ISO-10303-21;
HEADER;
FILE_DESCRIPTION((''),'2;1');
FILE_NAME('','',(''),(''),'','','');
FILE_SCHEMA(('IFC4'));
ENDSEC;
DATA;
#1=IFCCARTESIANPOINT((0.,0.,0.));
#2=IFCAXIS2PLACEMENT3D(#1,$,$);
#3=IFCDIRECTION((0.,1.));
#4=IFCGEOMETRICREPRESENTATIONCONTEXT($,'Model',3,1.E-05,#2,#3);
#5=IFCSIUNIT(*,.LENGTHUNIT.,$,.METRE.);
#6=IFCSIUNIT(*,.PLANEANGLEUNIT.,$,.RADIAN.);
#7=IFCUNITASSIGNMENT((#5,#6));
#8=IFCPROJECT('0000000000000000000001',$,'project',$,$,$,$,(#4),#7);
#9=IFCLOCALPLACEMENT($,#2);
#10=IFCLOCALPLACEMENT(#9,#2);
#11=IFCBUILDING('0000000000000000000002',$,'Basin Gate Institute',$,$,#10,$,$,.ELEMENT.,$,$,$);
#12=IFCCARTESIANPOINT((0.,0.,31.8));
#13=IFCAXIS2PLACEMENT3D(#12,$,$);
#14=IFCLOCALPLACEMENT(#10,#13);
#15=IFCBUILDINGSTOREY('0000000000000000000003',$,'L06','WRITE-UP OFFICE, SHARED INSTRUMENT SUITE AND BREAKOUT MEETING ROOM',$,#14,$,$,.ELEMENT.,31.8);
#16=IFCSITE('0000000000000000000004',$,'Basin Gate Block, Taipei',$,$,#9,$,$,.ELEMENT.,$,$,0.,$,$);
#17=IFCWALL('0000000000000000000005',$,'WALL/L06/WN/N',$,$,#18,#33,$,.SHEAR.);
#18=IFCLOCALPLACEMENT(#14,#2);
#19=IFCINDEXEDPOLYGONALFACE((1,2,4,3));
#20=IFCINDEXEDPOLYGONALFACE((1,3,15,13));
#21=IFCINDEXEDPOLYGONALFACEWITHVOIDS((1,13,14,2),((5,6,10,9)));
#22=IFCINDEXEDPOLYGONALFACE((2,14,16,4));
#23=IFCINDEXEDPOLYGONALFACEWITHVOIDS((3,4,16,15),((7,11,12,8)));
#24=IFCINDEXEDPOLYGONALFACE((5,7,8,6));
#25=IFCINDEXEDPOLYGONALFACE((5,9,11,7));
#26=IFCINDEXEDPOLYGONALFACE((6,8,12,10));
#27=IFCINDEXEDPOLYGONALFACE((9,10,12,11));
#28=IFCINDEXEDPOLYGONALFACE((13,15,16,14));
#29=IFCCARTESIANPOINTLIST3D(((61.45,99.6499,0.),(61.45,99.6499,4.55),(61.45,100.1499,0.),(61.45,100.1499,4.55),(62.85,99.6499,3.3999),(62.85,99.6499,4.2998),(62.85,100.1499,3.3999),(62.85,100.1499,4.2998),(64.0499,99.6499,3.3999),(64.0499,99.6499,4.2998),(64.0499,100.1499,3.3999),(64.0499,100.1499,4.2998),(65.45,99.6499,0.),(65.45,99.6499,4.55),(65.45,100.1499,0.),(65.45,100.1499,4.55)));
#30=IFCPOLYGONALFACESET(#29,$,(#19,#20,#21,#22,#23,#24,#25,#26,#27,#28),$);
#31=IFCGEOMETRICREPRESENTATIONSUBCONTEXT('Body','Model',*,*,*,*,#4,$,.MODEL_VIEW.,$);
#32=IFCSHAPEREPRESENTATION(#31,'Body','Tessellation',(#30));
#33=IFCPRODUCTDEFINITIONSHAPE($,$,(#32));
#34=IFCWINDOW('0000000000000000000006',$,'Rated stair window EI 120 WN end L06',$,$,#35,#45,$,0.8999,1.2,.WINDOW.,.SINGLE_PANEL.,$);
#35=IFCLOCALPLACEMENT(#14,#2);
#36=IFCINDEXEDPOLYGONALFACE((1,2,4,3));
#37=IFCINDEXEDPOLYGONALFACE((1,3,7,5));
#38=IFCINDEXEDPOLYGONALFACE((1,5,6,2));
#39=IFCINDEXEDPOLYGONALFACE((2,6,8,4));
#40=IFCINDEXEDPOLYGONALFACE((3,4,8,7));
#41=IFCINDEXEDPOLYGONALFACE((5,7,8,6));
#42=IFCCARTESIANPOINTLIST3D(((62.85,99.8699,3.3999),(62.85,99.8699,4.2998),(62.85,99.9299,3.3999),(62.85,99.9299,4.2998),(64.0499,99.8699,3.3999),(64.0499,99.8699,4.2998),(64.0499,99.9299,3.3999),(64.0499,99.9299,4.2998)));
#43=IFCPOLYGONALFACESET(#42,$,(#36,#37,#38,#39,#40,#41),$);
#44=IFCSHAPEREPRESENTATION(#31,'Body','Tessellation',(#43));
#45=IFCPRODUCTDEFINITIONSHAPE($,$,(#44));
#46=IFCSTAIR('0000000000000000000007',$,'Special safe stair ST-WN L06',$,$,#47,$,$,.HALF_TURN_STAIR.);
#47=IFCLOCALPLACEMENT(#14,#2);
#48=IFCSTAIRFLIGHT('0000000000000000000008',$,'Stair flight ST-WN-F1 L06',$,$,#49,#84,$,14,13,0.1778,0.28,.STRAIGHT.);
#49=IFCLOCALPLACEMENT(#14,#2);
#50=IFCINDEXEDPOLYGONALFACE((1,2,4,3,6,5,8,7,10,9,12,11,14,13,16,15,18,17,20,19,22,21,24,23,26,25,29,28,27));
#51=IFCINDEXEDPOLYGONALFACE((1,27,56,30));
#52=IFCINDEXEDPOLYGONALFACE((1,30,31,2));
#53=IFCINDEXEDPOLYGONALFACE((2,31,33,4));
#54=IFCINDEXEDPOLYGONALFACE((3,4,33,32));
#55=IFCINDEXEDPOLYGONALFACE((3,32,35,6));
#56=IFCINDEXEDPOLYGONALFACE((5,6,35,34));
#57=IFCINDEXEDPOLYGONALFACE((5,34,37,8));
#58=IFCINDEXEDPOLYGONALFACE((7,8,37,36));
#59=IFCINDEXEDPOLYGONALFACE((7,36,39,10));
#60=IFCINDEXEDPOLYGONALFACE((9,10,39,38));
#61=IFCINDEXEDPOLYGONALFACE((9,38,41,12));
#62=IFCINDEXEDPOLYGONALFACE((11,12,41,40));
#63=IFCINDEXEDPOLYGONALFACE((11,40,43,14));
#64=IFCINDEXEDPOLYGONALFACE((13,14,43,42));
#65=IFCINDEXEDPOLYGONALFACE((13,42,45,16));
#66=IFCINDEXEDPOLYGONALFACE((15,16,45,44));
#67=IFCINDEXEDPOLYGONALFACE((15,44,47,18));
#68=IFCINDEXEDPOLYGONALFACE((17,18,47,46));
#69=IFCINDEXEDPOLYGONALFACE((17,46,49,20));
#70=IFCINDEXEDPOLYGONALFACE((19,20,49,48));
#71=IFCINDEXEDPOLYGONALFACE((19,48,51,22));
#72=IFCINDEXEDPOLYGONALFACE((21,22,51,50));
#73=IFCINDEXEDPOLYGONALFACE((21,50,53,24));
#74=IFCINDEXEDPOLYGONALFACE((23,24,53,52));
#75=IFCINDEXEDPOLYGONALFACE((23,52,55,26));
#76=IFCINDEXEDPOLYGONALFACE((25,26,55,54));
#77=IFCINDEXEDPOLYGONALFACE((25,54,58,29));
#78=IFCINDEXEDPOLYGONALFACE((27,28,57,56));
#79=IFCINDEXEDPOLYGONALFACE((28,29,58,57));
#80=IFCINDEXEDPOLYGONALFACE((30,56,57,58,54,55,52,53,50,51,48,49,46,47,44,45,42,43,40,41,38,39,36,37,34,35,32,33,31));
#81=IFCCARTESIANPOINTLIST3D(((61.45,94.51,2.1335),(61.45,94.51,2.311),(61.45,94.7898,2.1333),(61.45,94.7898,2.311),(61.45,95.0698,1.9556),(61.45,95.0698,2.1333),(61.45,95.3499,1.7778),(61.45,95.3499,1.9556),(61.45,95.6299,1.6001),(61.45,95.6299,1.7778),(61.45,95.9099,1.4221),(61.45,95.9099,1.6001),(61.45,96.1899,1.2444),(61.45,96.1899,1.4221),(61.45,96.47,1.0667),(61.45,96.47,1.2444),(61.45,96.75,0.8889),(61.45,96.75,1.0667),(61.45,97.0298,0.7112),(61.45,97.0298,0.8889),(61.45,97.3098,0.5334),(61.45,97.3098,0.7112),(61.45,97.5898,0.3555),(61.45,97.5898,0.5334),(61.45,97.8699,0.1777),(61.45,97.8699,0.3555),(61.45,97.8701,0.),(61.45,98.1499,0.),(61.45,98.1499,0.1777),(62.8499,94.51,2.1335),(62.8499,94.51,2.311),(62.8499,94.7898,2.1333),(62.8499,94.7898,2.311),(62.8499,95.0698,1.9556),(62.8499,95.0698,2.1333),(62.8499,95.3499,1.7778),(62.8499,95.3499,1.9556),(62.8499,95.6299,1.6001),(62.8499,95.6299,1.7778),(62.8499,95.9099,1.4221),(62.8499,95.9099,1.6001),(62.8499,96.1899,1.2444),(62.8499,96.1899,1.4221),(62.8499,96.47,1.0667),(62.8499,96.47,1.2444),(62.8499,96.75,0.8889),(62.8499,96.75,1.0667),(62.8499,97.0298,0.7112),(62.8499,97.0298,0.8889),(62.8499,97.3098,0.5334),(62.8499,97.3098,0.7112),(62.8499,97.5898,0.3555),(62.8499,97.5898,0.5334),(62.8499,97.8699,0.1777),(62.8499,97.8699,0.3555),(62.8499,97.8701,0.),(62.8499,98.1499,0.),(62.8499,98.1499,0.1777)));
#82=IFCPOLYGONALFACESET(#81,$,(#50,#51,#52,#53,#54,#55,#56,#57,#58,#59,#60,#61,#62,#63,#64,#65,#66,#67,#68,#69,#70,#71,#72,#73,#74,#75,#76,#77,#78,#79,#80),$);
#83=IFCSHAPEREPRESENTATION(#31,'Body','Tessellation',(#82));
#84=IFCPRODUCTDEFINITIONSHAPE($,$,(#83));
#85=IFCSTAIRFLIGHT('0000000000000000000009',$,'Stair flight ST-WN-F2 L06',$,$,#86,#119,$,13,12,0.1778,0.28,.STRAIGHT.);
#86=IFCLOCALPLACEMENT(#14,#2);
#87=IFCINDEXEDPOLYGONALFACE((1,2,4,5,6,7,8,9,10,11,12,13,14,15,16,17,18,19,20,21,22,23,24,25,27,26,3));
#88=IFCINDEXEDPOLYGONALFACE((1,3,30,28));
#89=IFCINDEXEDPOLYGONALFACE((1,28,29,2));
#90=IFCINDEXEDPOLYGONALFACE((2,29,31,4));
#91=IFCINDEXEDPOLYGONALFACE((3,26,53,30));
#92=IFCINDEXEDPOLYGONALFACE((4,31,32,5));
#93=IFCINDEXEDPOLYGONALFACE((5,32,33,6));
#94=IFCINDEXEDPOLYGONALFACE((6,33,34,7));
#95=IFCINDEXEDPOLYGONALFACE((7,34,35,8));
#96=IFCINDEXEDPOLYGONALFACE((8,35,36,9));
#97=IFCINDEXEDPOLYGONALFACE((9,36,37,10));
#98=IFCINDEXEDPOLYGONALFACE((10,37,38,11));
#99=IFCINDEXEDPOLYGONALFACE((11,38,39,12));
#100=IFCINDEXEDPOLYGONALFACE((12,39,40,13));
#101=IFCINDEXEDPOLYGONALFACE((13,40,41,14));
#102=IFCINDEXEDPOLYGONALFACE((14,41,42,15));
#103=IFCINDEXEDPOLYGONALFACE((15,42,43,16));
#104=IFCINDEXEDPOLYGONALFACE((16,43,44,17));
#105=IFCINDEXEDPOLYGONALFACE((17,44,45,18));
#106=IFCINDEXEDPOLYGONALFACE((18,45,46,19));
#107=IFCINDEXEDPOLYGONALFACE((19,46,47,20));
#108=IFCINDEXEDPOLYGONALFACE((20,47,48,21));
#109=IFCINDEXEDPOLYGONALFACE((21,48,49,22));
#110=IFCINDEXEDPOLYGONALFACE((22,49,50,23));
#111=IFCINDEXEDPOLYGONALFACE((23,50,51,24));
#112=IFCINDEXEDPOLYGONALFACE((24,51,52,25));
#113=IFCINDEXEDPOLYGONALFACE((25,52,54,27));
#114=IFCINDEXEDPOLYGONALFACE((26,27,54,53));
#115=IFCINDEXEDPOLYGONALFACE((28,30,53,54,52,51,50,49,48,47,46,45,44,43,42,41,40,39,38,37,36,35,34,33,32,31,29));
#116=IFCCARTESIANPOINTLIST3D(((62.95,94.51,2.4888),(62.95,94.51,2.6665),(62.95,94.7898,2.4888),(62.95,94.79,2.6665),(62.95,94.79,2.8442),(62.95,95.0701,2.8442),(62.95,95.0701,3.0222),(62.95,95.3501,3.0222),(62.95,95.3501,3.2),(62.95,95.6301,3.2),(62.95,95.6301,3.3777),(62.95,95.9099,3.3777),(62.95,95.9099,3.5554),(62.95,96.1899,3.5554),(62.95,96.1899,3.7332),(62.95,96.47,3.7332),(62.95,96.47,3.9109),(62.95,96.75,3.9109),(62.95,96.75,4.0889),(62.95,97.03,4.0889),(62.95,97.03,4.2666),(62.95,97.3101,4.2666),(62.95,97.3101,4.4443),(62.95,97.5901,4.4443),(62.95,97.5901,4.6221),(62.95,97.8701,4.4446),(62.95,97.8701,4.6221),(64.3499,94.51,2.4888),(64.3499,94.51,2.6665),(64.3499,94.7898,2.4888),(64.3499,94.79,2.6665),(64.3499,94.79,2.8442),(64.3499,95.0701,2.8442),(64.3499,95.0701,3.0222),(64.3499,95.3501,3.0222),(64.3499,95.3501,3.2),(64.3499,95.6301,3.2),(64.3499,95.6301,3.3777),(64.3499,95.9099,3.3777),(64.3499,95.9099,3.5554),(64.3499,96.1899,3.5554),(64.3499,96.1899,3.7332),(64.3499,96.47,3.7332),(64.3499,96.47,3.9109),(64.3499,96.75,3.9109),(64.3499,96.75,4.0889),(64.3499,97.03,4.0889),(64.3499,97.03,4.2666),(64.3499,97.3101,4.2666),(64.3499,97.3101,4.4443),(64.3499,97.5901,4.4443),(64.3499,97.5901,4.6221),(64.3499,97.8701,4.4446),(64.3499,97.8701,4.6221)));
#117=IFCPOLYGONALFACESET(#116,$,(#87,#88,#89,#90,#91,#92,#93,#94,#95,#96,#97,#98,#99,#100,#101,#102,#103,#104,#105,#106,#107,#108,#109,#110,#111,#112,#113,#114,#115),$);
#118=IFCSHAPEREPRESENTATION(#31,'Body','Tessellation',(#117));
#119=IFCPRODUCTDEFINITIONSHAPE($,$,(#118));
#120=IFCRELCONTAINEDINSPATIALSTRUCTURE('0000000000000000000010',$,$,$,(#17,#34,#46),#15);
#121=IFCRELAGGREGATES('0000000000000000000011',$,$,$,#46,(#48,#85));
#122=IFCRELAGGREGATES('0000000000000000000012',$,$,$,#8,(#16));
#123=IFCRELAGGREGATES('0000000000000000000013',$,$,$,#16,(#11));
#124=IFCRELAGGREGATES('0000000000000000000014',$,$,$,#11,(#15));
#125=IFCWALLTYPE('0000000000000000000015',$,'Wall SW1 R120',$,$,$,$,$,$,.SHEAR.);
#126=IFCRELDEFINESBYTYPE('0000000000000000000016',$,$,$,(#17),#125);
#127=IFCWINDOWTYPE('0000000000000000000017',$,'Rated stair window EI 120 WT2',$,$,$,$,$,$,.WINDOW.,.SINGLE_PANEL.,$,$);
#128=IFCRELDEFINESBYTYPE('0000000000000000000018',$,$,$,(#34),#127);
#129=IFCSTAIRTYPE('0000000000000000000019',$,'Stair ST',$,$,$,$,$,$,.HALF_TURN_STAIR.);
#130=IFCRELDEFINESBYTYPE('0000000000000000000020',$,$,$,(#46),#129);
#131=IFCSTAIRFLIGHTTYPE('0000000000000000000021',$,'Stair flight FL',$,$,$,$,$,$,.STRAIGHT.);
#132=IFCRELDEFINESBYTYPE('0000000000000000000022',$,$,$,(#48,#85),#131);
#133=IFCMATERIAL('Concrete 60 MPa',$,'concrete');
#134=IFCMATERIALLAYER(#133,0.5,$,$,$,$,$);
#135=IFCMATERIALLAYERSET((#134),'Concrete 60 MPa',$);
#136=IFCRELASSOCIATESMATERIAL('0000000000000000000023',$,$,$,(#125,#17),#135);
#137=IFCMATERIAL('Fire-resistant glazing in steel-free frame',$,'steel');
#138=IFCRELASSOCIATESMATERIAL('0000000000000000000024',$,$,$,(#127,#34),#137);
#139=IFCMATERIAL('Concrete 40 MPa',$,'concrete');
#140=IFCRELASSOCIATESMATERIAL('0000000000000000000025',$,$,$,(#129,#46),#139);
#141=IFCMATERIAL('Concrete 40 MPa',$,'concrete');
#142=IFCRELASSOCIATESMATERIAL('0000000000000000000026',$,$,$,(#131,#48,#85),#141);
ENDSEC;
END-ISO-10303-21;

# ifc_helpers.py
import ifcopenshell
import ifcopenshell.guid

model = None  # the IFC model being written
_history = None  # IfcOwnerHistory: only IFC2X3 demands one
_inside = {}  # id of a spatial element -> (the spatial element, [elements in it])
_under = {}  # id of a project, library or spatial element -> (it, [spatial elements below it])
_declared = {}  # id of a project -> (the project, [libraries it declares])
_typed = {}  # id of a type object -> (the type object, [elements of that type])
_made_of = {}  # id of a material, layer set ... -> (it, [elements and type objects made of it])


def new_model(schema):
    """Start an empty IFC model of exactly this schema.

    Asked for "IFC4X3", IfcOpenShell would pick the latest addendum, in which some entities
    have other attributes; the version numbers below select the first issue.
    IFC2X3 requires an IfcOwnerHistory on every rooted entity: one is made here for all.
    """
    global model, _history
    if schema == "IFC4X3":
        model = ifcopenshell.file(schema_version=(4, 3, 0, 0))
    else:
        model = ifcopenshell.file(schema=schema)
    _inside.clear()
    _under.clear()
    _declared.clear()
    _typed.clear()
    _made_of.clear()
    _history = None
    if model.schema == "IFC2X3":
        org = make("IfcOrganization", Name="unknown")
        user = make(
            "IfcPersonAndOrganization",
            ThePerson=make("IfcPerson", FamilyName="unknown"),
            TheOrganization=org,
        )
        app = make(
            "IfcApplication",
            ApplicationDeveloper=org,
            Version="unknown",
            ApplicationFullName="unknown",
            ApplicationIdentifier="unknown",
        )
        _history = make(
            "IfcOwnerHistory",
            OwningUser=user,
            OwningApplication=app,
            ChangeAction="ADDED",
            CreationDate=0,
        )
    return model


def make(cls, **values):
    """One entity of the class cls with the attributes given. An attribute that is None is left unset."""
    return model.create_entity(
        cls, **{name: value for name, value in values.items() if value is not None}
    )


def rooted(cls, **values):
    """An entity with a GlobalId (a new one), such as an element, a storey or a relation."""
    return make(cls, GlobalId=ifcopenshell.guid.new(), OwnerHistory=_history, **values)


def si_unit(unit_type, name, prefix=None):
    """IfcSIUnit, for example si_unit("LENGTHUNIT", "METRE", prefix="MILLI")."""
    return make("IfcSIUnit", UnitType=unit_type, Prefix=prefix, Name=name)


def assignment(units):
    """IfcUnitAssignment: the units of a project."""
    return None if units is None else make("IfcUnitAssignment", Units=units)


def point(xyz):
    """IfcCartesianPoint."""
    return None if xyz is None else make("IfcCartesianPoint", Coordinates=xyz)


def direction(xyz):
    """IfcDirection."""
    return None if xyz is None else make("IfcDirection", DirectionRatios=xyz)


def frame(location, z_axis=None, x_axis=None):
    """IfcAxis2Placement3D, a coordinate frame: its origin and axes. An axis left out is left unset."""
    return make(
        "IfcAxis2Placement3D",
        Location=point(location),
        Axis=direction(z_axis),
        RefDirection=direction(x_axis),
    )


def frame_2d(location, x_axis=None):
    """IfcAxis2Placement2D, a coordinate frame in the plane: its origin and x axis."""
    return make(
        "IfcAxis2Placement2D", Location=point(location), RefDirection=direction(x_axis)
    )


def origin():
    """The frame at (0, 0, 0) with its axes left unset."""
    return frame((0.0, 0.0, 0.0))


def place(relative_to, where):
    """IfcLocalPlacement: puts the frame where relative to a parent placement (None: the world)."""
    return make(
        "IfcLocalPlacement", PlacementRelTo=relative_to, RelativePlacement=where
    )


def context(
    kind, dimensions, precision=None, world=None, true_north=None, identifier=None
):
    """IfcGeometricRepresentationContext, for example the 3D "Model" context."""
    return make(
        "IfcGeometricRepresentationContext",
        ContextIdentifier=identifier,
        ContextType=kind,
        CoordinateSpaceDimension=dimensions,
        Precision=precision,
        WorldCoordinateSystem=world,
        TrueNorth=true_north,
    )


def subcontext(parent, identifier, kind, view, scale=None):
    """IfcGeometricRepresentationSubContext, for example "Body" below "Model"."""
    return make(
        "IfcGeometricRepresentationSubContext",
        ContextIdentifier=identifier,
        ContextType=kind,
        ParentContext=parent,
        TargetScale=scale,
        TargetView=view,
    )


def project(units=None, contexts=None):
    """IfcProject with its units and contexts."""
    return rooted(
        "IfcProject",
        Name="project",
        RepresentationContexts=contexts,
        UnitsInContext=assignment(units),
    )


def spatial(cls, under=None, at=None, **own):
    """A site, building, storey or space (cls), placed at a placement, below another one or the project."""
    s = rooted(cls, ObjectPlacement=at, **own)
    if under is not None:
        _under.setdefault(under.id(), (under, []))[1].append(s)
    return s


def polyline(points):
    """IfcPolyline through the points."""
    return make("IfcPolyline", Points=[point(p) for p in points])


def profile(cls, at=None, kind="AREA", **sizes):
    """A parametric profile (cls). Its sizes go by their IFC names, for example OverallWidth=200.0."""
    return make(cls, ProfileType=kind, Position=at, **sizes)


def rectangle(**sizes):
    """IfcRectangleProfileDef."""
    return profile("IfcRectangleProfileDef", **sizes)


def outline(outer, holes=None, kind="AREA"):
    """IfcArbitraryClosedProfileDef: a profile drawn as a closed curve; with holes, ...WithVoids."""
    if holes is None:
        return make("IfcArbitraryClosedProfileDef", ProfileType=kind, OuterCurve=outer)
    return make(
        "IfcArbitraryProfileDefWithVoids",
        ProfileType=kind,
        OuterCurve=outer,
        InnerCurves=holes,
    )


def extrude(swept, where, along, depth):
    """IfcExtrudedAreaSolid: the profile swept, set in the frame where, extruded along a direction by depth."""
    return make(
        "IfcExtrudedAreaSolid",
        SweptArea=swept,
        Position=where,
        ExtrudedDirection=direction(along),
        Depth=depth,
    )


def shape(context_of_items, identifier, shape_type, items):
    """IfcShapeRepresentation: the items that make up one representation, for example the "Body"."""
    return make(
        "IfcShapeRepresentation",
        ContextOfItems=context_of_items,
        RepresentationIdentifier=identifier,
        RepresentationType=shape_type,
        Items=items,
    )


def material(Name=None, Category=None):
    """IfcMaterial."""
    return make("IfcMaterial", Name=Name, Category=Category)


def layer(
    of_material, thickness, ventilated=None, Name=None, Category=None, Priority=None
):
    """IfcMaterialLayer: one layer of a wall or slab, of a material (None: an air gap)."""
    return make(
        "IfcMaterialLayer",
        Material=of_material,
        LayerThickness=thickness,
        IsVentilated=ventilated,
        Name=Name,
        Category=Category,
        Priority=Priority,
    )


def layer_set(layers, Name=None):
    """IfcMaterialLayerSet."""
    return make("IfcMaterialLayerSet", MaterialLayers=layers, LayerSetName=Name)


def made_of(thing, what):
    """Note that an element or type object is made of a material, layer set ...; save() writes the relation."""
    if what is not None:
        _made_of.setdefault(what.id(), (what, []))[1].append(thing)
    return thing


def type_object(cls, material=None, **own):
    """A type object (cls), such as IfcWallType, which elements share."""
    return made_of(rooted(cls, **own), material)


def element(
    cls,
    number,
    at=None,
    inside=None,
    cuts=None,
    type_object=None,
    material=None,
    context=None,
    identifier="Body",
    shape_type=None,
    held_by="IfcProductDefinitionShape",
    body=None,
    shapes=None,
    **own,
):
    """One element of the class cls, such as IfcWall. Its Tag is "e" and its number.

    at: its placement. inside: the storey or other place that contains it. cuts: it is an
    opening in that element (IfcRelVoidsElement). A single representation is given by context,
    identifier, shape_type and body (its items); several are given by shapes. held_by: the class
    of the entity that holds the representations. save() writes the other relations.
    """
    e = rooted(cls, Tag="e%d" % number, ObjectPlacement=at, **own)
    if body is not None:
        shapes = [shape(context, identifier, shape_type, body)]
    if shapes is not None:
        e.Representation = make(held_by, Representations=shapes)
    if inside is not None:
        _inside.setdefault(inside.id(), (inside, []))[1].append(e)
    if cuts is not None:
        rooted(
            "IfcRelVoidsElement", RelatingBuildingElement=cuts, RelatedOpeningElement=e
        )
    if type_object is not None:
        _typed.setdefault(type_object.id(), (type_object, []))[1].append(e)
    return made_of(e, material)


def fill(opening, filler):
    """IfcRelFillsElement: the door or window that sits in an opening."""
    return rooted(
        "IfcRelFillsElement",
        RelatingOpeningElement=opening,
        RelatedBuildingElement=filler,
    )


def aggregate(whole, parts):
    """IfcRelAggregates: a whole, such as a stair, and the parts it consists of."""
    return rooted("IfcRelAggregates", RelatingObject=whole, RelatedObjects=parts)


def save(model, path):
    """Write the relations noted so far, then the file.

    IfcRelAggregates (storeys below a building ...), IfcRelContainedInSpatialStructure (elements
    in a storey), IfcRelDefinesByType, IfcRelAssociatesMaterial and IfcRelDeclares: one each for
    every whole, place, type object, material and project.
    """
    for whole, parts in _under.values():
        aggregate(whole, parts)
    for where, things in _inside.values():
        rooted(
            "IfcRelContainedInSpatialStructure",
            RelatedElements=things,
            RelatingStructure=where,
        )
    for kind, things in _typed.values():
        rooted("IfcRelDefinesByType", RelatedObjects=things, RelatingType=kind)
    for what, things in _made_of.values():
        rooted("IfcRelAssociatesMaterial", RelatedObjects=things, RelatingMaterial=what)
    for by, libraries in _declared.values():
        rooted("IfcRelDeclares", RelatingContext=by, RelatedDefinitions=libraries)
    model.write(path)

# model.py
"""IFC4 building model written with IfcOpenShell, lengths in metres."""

from ifc_helpers import new_model, si_unit, direction, frame, frame_2d, origin, place, context, subcontext, project, spatial, polyline, rectangle, outline, extrude, material, layer, layer_set, type_object, element, fill, aggregate, save


model = new_model("IFC4")

# Units and contexts
model_context = context("Model", 3, precision=1e-05, world=origin(), true_north=direction((0.0, 1.0)))
body_context = subcontext(model_context, "Body", "Model", "MODEL_VIEW")
ifc_project = project(units=[si_unit("LENGTHUNIT", "METRE"), si_unit("PLANEANGLEUNIT", "RADIAN")], contexts=[model_context])

# Site, building, storey
site_placement = place(None, origin())
site = spatial("IfcSite", under=ifc_project, at=site_placement, Name="Basin Gate Block, Taipei", CompositionType="ELEMENT", RefElevation=0.0)
building_placement = place(site_placement, origin())
building = spatial("IfcBuilding", under=site, at=building_placement, Name="Basin Gate Institute", CompositionType="ELEMENT")
storey_placement = place(building_placement, frame((0.0, 0.0, 31.8)))
storey = spatial("IfcBuildingStorey", under=building, at=storey_placement, Name="L06", Description="WRITE-UP OFFICE, SHARED INSTRUMENT SUITE AND BREAKOUT MEETING ROOM", CompositionType="ELEMENT", Elevation=31.8)

# Shared definitions
ifc_material_1 = material(Name="Concrete 60 MPa", Category="concrete")
ifc_layer_1 = layer(ifc_material_1, 0.5)
ifc_layer_set_1 = layer_set([ifc_layer_1], Name="Concrete 60 MPa")
wall_type_1 = type_object("IfcWallType", Name="Wall SW1 R120", PredefinedType="SHEAR", material=ifc_layer_set_1)

# Wall, opening, window
wall_1_placement = place(storey_placement, frame((61.45, 99.8999, 0.0), z_axis=(0.0, 0.0, 1.0), x_axis=(1.0, 0.0, 0.0)))
wall_1 = element("IfcWall", 1, at=wall_1_placement, inside=storey, type_object=wall_type_1, material=ifc_layer_set_1, Name="WALL/L06/WN/N", PredefinedType="SHEAR", context=body_context, shape_type="SweptSolid", body=[
    extrude(rectangle(XDim=4.0, YDim=0.5, at=frame_2d((2.0, 0.0))), origin(), (0.0, 0.0, 1.0), 4.55),
])
opening_1_placement = place(wall_1_placement, frame((1.3999, 0.0, 3.3999)))
opening_1 = element("IfcOpeningElement", 2, at=opening_1_placement, cuts=wall_1, PredefinedType="OPENING", context=body_context, shape_type="SweptSolid", body=[
    extrude(rectangle(XDim=1.2, YDim=0.8999, at=frame_2d((0.6001, 0.45))), frame((0.0, 0.26, 0.0), z_axis=(0.0, -1.0, 0.0), x_axis=(1.0, 0.0, 0.0)), (0.0, 0.0, 1.0), 0.52),
])
ifc_material_2 = material(Name="Fire-resistant glazing in steel-free frame", Category="steel")
window_type = type_object("IfcWindowType", Name="Rated stair window EI 120 WT2", PartitioningType="SINGLE_PANEL", PredefinedType="WINDOW", material=ifc_material_2)
window_placement = place(opening_1_placement, origin())
window = element("IfcWindow", 3, at=window_placement, inside=storey, type_object=window_type, material=ifc_material_2, Name="Rated stair window EI 120 WN end L06", OverallHeight=0.8999, OverallWidth=1.2, PartitioningType="SINGLE_PANEL", PredefinedType="WINDOW", context=body_context, shape_type="SweptSolid", body=[
    extrude(rectangle(XDim=1.2, YDim=0.8999, at=frame_2d((0.6001, 0.45))), frame((0.0, 0.03, 0.0), z_axis=(0.0, -1.0, 0.0), x_axis=(1.0, 0.0, 0.0)), (0.0, 0.0, 1.0), 0.0601),
])
fill(opening_1, window)

# Stair, stair flights
ifc_material_3 = material(Name="Concrete 40 MPa", Category="concrete")
stair_type = type_object("IfcStairType", Name="Stair ST", PredefinedType="HALF_TURN_STAIR", material=ifc_material_3)
stair_placement = place(storey_placement, origin())
stair = element("IfcStair", 4, at=stair_placement, inside=storey, type_object=stair_type, material=ifc_material_3, Name="Special safe stair ST-WN L06", PredefinedType="HALF_TURN_STAIR")
ifc_material_4 = material(Name="Concrete 40 MPa", Category="concrete")
stair_flight_type = type_object("IfcStairFlightType", Name="Stair flight FL", PredefinedType="STRAIGHT", material=ifc_material_4)
stair_flight_1_placement = place(storey_placement, frame((62.1499, 98.1499, 0.0), z_axis=(0.0, 0.0, 1.0), x_axis=(0.0, -1.0, 0.0)))
stair_flight_1 = element("IfcStairFlight", 5, at=stair_flight_1_placement, type_object=stair_flight_type, material=ifc_material_4, Name="Stair flight ST-WN-F1 L06", NumberOfRisers=14, NumberOfTreads=13, PredefinedType="STRAIGHT", RiserHeight=0.1778, TreadLength=0.28, context=body_context, shape_type="SweptSolid", body=[
    extrude(outline(polyline([(0.0, 0.0), (0.0, 0.1777), (0.28, 0.1777), (0.28, 0.3555), (0.5601, 0.3555), (0.5601, 0.5334), (0.8401, 0.5334), (0.8401, 0.7112), (1.1201, 0.7112), (1.1201, 0.8889), (1.3999, 0.8889), (1.3999, 1.0667), (1.6799, 1.0667), (1.6799, 1.2444), (1.96, 1.2444), (1.96, 1.4221), (2.24, 1.4221), (2.24, 1.6001), (2.52, 1.6001), (2.52, 1.7778), (2.8, 1.7778), (2.8, 1.9556), (3.0801, 1.9556), (3.0801, 2.1333), (3.3601, 2.1333), (3.3601, 2.311), (3.6399, 2.311), (3.6399, 2.4888), (3.6399, 2.1335), (0.2798, 0.0), (0.0, 0.0)])), frame((0.0, 0.7, 0.0), z_axis=(0.0, -1.0, 0.0), x_axis=(1.0, 0.0, 0.0)), (0.0, 0.0, 1.0), 1.3999),
])
stair_flight_2_placement = place(storey_placement, frame((63.6499, 94.51, 2.4888), z_axis=(0.0, 0.0, 1.0), x_axis=(0.0, 1.0, 0.0)))
stair_flight_2 = element("IfcStairFlight", 6, at=stair_flight_2_placement, type_object=stair_flight_type, material=ifc_material_4, Name="Stair flight ST-WN-F2 L06", NumberOfRisers=13, NumberOfTreads=12, PredefinedType="STRAIGHT", RiserHeight=0.1778, TreadLength=0.28, context=body_context, shape_type="SweptSolid", body=[
    extrude(outline(polyline([(0.0, 0.0), (0.0, 0.1777), (0.28, 0.1777), (0.28, 0.3555), (0.5601, 0.3555), (0.5601, 0.5334), (0.8401, 0.5334), (0.8401, 0.7112), (1.1201, 0.7112), (1.1201, 0.8889), (1.3999, 0.8889), (1.3999, 1.0667), (1.6799, 1.0667), (1.6799, 1.2444), (1.96, 1.2444), (1.96, 1.4221), (2.24, 1.4221), (2.24, 1.6001), (2.52, 1.6001), (2.52, 1.7778), (2.8, 1.7778), (2.8, 1.9556), (3.0801, 1.9556), (3.0801, 2.1333), (3.3601, 2.1333), (3.3601, 2.311), (3.3601, 1.9558), (0.2798, 0.0), (0.0, 0.0)])), frame((0.0, 0.7, 0.0), z_axis=(0.0, -1.0, 0.0), x_axis=(1.0, 0.0, 0.0)), (0.0, 0.0, 1.0), 1.3999),
])
aggregate(stair, [stair_flight_1, stair_flight_2])

save(model, "model.ifc")
